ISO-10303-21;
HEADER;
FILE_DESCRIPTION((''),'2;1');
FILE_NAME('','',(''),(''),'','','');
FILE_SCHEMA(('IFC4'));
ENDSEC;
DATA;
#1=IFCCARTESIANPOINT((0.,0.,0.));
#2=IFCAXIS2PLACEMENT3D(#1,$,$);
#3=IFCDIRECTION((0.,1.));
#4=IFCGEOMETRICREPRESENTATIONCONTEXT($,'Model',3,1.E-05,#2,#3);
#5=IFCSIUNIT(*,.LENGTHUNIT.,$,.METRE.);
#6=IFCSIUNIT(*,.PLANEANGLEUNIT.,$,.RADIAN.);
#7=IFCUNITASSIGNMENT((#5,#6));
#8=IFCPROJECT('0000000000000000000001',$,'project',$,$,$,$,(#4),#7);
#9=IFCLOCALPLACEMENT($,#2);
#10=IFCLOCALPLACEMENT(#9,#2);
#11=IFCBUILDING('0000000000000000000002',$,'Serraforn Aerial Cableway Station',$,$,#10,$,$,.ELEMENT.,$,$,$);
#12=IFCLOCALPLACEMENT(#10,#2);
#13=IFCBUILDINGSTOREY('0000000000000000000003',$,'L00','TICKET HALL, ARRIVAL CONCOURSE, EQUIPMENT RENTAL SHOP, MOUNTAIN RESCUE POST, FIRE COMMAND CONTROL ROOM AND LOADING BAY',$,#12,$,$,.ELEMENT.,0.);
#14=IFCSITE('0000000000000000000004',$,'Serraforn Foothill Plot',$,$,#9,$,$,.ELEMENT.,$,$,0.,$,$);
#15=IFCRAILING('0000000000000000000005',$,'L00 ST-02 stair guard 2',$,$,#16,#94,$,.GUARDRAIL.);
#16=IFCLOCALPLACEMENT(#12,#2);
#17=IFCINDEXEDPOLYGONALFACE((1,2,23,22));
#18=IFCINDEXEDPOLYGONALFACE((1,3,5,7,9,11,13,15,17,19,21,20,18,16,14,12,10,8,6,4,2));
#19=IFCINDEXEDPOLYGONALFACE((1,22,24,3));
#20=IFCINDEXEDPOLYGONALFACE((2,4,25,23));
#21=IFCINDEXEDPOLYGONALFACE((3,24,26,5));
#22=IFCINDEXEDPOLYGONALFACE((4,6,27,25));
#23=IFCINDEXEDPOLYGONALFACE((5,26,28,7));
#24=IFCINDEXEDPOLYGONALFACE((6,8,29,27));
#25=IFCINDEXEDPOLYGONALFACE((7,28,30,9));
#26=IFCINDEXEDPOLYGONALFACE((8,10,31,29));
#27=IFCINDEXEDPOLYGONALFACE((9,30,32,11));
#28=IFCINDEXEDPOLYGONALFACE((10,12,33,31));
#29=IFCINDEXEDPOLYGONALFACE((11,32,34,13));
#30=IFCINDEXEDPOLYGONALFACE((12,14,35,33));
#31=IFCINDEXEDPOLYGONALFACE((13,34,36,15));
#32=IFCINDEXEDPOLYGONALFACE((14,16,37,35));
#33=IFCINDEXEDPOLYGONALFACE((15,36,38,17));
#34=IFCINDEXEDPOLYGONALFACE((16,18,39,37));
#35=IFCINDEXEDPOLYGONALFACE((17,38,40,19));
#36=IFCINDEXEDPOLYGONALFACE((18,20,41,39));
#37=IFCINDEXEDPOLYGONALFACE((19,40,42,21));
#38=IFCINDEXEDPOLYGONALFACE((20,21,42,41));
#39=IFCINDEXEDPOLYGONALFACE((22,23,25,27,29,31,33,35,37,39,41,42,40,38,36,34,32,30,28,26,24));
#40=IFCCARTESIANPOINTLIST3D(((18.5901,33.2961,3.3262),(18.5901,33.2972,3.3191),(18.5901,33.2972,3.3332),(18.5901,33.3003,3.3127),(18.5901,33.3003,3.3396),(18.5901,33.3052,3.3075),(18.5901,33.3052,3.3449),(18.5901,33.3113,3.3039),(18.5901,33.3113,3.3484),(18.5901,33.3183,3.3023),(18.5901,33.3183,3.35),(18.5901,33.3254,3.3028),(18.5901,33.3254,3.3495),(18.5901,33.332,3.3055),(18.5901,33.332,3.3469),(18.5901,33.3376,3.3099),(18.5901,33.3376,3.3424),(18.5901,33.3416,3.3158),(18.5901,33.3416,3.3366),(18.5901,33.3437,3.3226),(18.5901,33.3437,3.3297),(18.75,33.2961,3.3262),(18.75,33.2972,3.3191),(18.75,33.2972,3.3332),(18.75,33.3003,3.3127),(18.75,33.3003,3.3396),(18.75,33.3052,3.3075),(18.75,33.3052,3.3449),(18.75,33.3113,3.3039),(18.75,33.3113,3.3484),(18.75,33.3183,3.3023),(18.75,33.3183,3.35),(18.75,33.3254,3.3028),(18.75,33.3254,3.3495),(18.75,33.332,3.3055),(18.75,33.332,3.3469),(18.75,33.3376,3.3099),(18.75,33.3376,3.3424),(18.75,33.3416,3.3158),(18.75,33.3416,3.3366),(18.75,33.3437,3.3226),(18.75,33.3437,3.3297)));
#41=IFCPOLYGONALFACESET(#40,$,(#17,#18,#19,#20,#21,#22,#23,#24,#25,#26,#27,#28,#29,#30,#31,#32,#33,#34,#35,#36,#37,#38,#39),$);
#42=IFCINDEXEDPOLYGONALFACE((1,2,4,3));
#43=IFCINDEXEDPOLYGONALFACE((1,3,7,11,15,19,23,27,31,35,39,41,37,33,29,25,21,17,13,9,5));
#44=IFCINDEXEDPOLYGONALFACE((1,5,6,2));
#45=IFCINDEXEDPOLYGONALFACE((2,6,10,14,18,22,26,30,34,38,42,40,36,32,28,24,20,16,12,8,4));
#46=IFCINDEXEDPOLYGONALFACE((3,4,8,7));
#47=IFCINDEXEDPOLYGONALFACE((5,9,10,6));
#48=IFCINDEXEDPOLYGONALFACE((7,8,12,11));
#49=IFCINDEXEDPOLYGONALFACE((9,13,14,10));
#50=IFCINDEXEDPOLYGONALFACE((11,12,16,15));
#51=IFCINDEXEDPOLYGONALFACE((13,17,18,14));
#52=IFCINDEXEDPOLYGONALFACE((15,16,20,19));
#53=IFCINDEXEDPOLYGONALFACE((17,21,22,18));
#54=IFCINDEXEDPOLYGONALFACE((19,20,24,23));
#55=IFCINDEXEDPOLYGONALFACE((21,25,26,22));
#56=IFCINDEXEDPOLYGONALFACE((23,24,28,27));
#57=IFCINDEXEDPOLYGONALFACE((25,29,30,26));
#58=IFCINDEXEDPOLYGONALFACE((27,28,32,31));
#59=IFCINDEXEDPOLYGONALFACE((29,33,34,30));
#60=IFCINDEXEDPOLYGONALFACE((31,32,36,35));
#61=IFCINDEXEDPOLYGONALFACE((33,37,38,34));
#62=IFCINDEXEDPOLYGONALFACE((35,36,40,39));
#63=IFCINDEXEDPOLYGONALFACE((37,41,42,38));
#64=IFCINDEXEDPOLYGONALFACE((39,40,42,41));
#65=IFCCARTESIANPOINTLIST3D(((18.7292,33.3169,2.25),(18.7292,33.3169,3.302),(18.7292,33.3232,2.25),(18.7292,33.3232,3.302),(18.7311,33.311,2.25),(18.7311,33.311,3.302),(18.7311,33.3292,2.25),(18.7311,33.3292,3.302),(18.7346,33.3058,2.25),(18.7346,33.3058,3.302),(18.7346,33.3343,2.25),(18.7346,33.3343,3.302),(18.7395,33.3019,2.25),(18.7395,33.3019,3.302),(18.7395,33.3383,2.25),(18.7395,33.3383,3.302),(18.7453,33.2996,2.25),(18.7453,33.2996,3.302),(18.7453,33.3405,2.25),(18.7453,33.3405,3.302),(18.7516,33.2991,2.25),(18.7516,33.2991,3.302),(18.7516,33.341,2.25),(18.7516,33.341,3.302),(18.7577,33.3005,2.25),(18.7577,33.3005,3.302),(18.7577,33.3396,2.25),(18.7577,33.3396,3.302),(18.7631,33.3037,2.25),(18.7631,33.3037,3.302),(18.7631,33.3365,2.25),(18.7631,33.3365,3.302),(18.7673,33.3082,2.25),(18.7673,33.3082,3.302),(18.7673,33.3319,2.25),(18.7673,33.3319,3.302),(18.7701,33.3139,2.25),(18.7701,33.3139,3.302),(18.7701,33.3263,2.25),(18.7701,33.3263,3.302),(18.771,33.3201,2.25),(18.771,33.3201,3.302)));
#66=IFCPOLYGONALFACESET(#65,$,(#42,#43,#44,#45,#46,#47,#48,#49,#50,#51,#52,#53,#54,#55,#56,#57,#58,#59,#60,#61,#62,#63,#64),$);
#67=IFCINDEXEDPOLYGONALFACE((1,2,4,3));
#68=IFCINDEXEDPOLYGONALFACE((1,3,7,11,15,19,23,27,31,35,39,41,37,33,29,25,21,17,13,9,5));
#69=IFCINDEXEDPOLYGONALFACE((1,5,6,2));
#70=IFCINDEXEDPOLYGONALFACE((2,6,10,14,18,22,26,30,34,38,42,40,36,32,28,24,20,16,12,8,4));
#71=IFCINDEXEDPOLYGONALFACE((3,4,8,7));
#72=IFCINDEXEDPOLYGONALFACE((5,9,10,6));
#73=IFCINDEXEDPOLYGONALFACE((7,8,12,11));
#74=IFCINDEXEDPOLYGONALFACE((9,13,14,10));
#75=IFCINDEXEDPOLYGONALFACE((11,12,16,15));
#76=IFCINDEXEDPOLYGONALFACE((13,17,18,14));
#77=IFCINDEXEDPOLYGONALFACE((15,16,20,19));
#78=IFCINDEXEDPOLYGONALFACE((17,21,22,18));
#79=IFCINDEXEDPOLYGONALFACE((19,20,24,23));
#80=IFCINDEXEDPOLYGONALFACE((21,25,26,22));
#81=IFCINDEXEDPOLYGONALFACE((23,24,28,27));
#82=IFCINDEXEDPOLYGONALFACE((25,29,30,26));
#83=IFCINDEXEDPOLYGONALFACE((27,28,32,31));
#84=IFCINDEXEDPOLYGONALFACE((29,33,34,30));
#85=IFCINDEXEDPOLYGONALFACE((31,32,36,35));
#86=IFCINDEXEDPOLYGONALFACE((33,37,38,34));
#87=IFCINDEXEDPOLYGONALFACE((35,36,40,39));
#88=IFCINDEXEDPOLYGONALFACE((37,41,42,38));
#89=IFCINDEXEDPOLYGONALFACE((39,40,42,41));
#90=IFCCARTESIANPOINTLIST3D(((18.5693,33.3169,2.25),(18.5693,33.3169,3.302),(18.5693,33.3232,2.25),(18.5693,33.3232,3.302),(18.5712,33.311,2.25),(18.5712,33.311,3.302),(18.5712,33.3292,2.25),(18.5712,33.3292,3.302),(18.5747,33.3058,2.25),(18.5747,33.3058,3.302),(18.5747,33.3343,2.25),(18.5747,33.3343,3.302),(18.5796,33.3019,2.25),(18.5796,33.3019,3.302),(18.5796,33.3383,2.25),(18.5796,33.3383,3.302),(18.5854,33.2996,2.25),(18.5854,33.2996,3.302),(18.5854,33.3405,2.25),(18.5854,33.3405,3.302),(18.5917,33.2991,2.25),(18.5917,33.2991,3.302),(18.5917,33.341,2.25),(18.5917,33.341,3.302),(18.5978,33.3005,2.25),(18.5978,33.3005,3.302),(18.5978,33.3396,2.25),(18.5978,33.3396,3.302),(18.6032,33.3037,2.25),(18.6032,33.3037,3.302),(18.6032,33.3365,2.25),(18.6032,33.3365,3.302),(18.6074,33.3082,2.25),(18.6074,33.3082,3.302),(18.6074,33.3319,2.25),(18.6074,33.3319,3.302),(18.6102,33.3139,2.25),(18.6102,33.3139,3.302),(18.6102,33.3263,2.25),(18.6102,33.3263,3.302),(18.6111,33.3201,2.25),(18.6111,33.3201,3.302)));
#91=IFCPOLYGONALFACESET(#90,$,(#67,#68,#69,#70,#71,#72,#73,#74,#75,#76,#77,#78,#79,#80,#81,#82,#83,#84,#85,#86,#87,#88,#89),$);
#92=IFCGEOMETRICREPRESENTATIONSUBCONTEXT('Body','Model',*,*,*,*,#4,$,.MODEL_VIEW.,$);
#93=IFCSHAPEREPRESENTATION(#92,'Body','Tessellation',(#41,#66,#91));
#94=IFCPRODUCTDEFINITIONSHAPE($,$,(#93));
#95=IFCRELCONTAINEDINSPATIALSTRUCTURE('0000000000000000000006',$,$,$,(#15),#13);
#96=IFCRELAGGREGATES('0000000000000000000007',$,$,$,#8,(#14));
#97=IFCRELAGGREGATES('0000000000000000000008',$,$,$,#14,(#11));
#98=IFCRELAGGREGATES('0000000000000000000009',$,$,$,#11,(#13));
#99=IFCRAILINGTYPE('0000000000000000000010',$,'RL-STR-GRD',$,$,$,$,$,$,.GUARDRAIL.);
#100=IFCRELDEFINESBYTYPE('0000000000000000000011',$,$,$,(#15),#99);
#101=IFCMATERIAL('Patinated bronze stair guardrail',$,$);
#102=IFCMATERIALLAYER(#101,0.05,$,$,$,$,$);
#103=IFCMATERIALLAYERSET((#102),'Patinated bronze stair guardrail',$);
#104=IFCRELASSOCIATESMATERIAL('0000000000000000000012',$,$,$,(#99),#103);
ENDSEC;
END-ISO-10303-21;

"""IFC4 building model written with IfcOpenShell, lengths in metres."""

from ifc_helpers import new_model, si_unit, direction, frame, origin, origin_2d, place, context, subcontext, project, spatial, circle, extrude, material, layer, layer_set, type_object, element, save


model = new_model("IFC4")

# Units and contexts
model_context = context("Model", 3, precision=1e-05, world=origin(), true_north=direction((0.0, 1.0)))
body_context = subcontext(model_context, "Body", "Model", "MODEL_VIEW")
ifc_project = project(units=[si_unit("LENGTHUNIT", "METRE"), si_unit("PLANEANGLEUNIT", "RADIAN")], contexts=[model_context])

# Site, building, storey
site_placement = place(None, origin())
site = spatial("IfcSite", under=ifc_project, at=site_placement, Name="Serraforn Foothill Plot", CompositionType="ELEMENT", RefElevation=0.0)
building_placement = place(site_placement, origin())
building = spatial("IfcBuilding", under=site, at=building_placement, Name="Serraforn Aerial Cableway Station", CompositionType="ELEMENT")
storey_placement = place(building_placement, origin())
storey = spatial("IfcBuildingStorey", under=building, at=storey_placement, Name="L00", Description="TICKET HALL, ARRIVAL CONCOURSE, EQUIPMENT RENTAL SHOP, MOUNTAIN RESCUE POST, FIRE COMMAND CONTROL ROOM AND LOADING BAY", CompositionType="ELEMENT", Elevation=0.0)

# Railing
ifc_material_1 = material(Name="Patinated bronze stair guardrail")
ifc_layer_1 = layer(ifc_material_1, 0.05)
ifc_layer_set_1 = layer_set([ifc_layer_1], Name="Patinated bronze stair guardrail")
railing_type_1 = type_object("IfcRailingType", Name="RL-STR-GRD", PredefinedType="GUARDRAIL", material=ifc_layer_set_1)
railing_1_placement = place(storey_placement, frame((18.75, 33.3201, 2.25)))
element("IfcRailing", 1, at=railing_1_placement, inside=storey, type_object=railing_type_1, Name="L00 ST-02 stair guard 2", PredefinedType="GUARDRAIL", context=body_context, shape_type="SweptSolid", body=[
    extrude(circle(Radius=0.0239, at=origin_2d()), frame((0.0, 0.0, 1.0762), z_axis=(-1.0, 0.0, 0.0), x_axis=(0.0, -1.0, 0.0)), (0.0, 0.0, 1.0), 0.1599),
    extrude(circle(Radius=0.021, at=origin_2d()), origin(), (0.0, 0.0, 1.0), 1.052),
    extrude(circle(Radius=0.021, at=origin_2d()), frame((-0.1599, 0.0, 0.0)), (0.0, 0.0, 1.0), 1.052),
])

save(model, "model.ifc")
